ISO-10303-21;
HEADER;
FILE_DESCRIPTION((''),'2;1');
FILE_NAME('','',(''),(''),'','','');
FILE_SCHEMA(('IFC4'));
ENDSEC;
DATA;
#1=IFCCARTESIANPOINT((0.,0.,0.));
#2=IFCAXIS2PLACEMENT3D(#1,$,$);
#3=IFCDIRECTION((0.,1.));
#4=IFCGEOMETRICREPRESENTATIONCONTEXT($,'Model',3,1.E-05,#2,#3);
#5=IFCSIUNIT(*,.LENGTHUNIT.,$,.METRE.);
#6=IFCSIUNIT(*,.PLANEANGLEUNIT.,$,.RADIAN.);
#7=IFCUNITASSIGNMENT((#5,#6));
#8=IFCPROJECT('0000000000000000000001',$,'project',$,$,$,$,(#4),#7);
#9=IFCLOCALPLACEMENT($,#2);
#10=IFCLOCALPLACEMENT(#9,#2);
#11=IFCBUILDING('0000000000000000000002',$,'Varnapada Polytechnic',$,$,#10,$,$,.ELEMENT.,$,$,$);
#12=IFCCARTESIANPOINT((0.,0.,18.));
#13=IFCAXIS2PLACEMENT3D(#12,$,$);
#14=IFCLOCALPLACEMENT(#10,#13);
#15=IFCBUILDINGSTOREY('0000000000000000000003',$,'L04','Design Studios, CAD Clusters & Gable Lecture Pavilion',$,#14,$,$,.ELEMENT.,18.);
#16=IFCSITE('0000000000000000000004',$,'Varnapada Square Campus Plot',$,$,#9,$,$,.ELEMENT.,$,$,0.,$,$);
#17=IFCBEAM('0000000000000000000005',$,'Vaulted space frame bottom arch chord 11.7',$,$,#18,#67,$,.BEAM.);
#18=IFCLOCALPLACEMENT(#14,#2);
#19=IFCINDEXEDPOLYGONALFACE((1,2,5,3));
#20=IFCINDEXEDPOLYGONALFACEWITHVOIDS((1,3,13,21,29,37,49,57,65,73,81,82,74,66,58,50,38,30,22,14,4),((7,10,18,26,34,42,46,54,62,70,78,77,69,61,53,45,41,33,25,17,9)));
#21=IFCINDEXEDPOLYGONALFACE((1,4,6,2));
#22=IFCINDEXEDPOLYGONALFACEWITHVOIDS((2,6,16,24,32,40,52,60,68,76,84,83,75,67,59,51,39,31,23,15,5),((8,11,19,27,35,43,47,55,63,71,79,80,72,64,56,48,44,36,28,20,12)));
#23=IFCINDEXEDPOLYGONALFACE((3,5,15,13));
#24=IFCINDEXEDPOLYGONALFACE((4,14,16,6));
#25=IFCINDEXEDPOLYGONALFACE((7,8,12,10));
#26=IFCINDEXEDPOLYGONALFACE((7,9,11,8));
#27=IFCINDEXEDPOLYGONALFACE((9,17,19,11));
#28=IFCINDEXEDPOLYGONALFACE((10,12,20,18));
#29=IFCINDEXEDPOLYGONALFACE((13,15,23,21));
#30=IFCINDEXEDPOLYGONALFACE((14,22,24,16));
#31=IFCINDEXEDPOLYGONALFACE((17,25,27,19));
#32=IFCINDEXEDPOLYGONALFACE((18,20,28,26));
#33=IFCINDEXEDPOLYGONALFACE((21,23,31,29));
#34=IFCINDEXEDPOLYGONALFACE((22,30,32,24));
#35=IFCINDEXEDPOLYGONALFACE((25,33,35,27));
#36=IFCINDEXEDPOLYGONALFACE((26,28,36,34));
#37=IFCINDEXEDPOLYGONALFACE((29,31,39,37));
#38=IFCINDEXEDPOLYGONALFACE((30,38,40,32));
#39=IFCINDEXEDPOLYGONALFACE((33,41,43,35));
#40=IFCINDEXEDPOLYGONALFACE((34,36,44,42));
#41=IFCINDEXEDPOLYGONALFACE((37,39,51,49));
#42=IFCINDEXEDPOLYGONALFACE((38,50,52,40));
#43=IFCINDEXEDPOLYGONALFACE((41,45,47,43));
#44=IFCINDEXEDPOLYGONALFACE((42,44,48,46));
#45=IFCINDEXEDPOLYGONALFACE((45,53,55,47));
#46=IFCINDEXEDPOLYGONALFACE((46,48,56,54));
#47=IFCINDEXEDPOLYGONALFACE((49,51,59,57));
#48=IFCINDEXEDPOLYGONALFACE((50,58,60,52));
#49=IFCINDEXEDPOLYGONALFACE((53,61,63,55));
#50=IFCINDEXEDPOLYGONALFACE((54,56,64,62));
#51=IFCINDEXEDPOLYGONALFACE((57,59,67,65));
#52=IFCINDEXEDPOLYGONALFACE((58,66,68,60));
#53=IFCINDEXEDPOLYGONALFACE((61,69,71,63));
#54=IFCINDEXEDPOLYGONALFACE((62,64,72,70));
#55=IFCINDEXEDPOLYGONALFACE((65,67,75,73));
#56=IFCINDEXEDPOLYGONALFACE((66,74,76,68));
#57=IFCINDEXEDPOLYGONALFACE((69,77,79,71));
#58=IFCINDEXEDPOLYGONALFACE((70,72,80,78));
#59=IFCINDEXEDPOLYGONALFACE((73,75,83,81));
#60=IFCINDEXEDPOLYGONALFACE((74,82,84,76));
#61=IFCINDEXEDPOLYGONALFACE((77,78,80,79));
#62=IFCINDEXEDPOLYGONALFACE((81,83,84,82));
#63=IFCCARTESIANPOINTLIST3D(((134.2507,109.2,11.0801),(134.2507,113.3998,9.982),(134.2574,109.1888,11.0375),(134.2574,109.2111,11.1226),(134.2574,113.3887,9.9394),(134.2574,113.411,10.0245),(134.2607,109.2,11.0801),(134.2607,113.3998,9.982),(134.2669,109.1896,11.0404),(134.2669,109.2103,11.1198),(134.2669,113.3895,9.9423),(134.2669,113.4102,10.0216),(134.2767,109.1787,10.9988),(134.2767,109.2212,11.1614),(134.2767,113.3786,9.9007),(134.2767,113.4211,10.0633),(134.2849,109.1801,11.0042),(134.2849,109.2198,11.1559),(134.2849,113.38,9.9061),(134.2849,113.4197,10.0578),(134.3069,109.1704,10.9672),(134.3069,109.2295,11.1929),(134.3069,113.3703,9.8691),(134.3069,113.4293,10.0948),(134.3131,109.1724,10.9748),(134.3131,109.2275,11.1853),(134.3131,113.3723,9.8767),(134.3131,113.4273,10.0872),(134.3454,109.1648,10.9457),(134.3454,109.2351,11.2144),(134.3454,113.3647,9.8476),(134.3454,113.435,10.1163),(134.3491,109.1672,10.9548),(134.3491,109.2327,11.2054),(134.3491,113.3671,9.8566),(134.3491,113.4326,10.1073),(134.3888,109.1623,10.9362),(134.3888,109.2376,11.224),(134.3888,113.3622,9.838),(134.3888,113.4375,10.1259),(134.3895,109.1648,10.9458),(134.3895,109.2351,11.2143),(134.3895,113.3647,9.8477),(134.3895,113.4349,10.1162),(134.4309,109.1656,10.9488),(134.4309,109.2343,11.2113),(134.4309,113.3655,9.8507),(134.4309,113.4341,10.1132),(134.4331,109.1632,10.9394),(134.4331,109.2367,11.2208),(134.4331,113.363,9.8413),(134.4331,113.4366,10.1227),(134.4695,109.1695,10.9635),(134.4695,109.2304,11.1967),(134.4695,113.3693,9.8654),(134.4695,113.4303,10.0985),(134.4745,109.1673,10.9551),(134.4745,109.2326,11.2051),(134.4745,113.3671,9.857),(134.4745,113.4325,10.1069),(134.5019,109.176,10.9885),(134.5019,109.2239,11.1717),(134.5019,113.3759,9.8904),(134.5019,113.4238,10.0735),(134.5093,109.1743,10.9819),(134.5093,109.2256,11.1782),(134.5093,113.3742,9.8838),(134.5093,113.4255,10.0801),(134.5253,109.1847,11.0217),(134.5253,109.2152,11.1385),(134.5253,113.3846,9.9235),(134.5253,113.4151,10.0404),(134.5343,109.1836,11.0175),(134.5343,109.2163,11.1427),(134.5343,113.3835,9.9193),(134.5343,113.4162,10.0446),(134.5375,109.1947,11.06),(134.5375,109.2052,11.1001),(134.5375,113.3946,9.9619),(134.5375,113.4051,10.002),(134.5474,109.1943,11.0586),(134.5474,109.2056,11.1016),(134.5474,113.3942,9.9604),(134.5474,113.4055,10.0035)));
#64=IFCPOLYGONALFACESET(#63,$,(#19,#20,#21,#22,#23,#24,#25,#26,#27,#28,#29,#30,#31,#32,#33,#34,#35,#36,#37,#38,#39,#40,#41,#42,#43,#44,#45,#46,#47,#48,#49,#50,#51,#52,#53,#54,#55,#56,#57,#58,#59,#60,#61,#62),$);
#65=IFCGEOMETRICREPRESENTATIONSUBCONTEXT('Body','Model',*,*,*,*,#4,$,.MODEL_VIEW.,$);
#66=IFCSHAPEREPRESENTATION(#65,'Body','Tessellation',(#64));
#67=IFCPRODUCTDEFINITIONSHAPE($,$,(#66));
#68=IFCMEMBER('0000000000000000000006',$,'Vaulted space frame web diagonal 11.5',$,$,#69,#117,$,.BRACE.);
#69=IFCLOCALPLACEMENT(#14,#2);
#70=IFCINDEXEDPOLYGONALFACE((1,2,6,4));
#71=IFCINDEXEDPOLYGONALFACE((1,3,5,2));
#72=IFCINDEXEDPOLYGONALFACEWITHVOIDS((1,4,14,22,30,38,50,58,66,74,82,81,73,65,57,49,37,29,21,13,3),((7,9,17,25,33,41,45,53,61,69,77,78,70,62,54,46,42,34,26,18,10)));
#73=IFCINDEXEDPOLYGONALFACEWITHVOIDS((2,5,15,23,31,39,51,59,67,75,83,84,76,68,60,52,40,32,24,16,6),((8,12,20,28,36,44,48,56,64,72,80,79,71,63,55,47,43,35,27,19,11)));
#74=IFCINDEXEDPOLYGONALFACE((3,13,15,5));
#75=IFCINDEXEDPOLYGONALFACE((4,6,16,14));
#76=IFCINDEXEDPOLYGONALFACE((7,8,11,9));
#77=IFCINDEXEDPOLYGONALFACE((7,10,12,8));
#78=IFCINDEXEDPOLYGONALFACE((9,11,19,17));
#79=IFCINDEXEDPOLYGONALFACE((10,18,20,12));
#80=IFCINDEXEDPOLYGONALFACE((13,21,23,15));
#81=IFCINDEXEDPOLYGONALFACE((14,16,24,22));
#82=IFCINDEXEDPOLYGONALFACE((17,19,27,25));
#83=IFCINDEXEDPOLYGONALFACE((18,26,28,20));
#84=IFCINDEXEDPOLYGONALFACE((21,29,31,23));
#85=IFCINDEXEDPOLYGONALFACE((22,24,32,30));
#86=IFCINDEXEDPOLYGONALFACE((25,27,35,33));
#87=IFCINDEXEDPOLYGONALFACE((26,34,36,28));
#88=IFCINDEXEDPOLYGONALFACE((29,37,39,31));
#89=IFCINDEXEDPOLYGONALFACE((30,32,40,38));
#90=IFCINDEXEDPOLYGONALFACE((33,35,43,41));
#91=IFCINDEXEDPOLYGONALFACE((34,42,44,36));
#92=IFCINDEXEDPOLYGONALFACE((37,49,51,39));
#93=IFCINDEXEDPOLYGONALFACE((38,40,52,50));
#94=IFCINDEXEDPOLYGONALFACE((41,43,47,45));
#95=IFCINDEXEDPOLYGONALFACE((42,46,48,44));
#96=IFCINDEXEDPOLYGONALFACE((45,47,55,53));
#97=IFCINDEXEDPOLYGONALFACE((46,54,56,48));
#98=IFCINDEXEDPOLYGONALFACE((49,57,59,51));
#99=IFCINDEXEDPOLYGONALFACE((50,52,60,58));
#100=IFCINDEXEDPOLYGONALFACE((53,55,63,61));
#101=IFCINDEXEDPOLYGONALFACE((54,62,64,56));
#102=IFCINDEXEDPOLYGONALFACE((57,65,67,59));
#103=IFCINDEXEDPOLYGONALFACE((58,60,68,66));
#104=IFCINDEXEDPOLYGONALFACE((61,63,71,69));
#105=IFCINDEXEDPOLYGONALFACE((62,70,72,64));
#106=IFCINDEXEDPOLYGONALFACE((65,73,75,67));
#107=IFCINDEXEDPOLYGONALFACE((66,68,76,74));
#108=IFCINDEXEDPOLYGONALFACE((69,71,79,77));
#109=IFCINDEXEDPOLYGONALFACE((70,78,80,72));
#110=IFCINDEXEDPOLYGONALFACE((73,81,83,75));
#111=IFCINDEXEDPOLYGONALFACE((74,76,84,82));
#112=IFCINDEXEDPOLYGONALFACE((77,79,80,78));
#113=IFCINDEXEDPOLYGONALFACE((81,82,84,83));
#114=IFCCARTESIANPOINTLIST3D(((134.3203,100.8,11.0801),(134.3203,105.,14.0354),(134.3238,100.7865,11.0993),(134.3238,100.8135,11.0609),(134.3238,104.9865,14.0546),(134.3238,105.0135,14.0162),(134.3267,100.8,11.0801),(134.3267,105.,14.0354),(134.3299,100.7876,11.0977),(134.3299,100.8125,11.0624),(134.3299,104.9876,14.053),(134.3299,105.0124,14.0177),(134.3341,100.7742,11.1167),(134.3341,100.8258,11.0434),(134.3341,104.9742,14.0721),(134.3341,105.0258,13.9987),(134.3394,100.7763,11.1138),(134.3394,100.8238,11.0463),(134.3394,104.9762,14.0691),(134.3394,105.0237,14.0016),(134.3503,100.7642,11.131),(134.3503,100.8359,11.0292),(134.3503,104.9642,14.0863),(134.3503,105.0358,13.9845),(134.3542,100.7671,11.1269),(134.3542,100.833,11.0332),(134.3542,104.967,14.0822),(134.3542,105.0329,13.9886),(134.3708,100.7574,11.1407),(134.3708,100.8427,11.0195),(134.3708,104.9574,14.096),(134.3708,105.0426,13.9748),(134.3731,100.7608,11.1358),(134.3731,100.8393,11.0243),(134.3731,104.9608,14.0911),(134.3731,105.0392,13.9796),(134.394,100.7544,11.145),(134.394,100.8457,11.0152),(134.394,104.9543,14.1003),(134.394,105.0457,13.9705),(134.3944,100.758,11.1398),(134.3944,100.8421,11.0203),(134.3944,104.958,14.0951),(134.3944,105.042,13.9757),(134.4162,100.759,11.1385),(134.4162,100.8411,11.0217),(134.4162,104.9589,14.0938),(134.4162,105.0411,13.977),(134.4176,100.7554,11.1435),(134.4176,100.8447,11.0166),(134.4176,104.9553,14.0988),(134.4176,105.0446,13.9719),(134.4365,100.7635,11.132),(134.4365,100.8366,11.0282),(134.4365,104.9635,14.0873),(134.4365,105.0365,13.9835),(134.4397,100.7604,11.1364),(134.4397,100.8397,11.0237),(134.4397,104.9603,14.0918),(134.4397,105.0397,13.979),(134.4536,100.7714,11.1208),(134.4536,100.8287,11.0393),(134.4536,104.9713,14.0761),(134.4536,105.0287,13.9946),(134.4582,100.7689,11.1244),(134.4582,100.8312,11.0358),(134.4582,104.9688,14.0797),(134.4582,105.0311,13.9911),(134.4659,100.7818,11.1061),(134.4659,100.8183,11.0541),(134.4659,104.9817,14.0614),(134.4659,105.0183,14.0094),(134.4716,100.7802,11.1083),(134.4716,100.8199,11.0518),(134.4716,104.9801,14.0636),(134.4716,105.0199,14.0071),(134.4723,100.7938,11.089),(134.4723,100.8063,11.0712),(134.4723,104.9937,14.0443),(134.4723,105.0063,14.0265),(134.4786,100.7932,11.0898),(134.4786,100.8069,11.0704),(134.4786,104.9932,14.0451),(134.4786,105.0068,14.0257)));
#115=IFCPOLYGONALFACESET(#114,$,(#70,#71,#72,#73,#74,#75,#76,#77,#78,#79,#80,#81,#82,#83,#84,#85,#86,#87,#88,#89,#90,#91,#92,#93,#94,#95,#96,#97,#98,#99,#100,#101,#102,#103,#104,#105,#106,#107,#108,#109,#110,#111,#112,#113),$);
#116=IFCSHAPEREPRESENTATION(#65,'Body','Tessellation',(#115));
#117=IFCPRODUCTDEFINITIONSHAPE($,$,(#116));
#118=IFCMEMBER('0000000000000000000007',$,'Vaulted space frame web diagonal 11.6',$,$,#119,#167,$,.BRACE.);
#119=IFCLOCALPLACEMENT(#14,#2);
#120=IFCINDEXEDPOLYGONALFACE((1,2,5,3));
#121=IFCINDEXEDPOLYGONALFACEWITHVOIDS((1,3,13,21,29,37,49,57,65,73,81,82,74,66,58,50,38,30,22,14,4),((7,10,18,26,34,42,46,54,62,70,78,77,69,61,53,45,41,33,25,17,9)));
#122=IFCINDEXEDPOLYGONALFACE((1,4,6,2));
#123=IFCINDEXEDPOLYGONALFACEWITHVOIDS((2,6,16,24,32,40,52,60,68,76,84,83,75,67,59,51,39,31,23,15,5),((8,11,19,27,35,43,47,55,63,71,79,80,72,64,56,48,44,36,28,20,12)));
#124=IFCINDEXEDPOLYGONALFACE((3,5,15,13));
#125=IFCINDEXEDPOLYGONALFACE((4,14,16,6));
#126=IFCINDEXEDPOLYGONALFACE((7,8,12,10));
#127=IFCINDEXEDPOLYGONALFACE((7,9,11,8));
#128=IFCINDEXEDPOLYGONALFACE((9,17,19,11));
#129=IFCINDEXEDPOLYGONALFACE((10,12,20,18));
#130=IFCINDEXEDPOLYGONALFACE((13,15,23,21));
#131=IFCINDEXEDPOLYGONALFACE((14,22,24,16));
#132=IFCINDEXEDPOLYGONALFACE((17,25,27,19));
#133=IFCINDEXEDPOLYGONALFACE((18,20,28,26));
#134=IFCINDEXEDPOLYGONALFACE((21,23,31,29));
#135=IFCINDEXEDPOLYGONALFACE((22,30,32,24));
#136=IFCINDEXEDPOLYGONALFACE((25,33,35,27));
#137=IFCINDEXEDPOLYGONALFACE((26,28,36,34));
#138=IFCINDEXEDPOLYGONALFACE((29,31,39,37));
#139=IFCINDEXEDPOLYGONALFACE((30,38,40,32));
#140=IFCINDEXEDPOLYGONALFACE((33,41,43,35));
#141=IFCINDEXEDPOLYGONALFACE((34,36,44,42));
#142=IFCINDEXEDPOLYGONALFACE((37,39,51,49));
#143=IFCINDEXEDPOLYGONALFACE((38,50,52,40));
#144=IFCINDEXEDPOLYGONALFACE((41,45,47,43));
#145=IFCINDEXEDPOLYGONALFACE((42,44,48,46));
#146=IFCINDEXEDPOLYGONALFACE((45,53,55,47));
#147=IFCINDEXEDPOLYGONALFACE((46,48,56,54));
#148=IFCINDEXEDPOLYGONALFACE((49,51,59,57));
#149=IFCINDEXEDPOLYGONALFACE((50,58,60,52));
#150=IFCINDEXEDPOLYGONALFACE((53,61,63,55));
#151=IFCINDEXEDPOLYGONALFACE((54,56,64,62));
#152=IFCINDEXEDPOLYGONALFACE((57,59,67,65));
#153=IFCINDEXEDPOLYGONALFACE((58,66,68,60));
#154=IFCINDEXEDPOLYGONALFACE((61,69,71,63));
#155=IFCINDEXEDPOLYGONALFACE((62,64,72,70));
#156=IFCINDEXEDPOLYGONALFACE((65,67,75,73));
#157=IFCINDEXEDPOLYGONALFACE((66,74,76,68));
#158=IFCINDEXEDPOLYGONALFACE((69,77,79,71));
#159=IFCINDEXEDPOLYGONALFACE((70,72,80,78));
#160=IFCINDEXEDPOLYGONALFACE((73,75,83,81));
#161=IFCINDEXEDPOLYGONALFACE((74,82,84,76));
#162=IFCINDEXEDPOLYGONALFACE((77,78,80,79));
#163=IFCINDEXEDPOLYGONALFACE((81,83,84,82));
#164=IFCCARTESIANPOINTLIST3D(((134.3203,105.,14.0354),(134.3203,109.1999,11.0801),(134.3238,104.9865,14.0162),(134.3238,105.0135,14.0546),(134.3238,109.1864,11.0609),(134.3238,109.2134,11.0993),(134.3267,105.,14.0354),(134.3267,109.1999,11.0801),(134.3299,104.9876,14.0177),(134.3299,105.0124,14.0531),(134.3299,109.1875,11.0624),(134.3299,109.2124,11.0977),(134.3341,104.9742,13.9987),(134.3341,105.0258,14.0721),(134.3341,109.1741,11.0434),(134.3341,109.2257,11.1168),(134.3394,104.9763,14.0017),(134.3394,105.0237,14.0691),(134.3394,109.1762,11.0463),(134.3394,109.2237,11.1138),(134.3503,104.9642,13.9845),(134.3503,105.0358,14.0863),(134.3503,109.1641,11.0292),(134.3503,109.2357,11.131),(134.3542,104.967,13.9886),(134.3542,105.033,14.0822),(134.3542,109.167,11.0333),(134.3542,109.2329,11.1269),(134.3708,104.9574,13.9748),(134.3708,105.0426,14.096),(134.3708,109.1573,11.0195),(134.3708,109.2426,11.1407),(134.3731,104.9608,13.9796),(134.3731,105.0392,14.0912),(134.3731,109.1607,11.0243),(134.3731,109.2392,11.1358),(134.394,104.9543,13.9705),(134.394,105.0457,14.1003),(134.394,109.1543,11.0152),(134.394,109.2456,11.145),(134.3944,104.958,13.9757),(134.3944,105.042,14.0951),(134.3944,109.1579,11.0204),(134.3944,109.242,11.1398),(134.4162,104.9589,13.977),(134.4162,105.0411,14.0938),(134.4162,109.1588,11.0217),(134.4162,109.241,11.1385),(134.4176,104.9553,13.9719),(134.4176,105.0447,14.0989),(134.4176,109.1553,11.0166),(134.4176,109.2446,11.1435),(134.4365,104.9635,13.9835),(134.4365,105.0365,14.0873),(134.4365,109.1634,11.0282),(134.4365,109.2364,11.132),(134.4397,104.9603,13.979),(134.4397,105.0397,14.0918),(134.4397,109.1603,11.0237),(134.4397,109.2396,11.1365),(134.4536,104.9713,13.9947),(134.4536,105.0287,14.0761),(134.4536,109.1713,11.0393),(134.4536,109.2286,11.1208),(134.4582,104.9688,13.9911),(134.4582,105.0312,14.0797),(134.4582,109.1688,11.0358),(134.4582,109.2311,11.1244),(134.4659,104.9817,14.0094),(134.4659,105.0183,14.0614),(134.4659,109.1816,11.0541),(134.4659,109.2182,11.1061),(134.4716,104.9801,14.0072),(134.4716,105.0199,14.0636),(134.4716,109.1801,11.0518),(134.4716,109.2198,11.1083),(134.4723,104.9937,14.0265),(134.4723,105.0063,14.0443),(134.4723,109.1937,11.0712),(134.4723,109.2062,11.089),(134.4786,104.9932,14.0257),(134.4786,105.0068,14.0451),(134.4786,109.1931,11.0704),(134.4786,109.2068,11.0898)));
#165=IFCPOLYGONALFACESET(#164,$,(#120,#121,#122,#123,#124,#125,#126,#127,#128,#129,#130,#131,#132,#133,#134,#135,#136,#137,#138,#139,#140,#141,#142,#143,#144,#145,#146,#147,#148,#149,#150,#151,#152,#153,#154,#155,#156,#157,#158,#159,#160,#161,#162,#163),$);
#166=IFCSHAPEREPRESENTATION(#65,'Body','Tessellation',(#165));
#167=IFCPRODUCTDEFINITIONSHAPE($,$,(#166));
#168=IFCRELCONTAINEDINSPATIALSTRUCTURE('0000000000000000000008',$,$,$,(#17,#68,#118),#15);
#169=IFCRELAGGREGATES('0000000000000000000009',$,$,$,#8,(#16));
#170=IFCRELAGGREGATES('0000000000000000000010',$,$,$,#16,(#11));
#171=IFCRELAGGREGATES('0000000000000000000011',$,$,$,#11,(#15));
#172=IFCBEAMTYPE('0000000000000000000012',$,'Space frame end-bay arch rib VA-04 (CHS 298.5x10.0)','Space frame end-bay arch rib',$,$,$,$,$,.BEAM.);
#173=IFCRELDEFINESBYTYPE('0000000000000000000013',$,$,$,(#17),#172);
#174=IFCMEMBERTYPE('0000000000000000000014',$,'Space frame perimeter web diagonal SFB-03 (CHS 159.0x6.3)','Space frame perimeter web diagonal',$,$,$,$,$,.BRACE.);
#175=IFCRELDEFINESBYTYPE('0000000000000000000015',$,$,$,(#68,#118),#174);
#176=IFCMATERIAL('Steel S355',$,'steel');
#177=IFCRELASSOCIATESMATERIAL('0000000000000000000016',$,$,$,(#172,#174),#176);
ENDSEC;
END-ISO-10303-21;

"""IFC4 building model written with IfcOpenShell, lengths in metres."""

from ifc_helpers import new_model, si_unit, direction, frame, origin, origin_2d, place, context, subcontext, project, spatial, hollow_circle, extrude, material, material_profile, profile_set, type_object, element, save


model = new_model("IFC4")

# Units and contexts
model_context = context("Model", 3, precision=1e-05, world=origin(), true_north=direction((0.0, 1.0)))
body_context = subcontext(model_context, "Body", "Model", "MODEL_VIEW")
ifc_project = project(units=[si_unit("LENGTHUNIT", "METRE"), si_unit("PLANEANGLEUNIT", "RADIAN")], contexts=[model_context])

# Site, building, storey
site_placement = place(None, origin())
site = spatial("IfcSite", under=ifc_project, at=site_placement, Name="Varnapada Square Campus Plot", CompositionType="ELEMENT", RefElevation=0.0)
building_placement = place(site_placement, origin())
building = spatial("IfcBuilding", under=site, at=building_placement, Name="Varnapada Polytechnic", CompositionType="ELEMENT")
storey_placement = place(building_placement, frame((0.0, 0.0, 18.0)))
storey = spatial("IfcBuildingStorey", under=building, at=storey_placement, Name="L04", Description="Design Studios, CAD Clusters & Gable Lecture Pavilion", CompositionType="ELEMENT", Elevation=18.0)

# Shared definitions
ifc_material = material(Name="Steel S355", Category="steel")

# Beam
ifc_material_profile_1 = material_profile(ifc_material, hollow_circle(Radius=0.1492, WallThickness=0.01, at=origin_2d()), Name="CHS 298.5x10.0")
ifc_profile_set_1 = profile_set([ifc_material_profile_1], Name="Steel S355")
beam_type_1 = type_object("IfcBeamType", Name="Space frame end-bay arch rib VA-04 (CHS 298.5x10.0)", Description="Space frame end-bay arch rib", PredefinedType="BEAM", material=ifc_profile_set_1)
beam_1_placement = place(storey_placement, frame((134.3999, 109.2, 11.0801), z_axis=(0.0, 0.967476, -0.252962), x_axis=(-1.0, 0.0, 0.0)))
element("IfcBeam", 1, at=beam_1_placement, inside=storey, type_object=beam_type_1, Name="Vaulted space frame bottom arch chord 11.7", PredefinedType="BEAM", context=body_context, shape_type="SweptSolid", body=[
    extrude(hollow_circle(Radius=0.1492, WallThickness=0.01, at=origin_2d()), origin(), (0.0, 0.0, 1.0), 4.3411),
])

# Members
ifc_material_profile_2 = material_profile(ifc_material, hollow_circle(Radius=0.0796, WallThickness=0.0063, at=origin_2d()), Name="CHS 159.0x6.3")
ifc_profile_set_2 = profile_set([ifc_material_profile_2], Name="Steel S355")
member_type_1 = type_object("IfcMemberType", Name="Space frame perimeter web diagonal SFB-03 (CHS 159.0x6.3)", Description="Space frame perimeter web diagonal", PredefinedType="BRACE", material=ifc_profile_set_2)
for number, where, z_axis, x_axis, name in (
    (2, (134.3999, 100.8, 11.0801), (0.0, 0.817825, 0.575467), (-1.0, 0.0, 0.0), "Vaulted space frame web diagonal 11.5"),
    (3, (134.3999, 105.0, 14.0354), (0.0, 0.817825, -0.575467), (-1.0, 0.0, 0.0), "Vaulted space frame web diagonal 11.6"),
):
    element("IfcMember", number, at=place(storey_placement, frame(where, z_axis=z_axis, x_axis=x_axis)), inside=storey, type_object=member_type_1, Name=name, PredefinedType="BRACE", context=body_context, shape_type="SweptSolid", body=[
        extrude(hollow_circle(Radius=0.0796, WallThickness=0.0063, at=origin_2d()), origin(), (0.0, 0.0, 1.0), 5.1355),
    ])

save(model, "model.ifc")
